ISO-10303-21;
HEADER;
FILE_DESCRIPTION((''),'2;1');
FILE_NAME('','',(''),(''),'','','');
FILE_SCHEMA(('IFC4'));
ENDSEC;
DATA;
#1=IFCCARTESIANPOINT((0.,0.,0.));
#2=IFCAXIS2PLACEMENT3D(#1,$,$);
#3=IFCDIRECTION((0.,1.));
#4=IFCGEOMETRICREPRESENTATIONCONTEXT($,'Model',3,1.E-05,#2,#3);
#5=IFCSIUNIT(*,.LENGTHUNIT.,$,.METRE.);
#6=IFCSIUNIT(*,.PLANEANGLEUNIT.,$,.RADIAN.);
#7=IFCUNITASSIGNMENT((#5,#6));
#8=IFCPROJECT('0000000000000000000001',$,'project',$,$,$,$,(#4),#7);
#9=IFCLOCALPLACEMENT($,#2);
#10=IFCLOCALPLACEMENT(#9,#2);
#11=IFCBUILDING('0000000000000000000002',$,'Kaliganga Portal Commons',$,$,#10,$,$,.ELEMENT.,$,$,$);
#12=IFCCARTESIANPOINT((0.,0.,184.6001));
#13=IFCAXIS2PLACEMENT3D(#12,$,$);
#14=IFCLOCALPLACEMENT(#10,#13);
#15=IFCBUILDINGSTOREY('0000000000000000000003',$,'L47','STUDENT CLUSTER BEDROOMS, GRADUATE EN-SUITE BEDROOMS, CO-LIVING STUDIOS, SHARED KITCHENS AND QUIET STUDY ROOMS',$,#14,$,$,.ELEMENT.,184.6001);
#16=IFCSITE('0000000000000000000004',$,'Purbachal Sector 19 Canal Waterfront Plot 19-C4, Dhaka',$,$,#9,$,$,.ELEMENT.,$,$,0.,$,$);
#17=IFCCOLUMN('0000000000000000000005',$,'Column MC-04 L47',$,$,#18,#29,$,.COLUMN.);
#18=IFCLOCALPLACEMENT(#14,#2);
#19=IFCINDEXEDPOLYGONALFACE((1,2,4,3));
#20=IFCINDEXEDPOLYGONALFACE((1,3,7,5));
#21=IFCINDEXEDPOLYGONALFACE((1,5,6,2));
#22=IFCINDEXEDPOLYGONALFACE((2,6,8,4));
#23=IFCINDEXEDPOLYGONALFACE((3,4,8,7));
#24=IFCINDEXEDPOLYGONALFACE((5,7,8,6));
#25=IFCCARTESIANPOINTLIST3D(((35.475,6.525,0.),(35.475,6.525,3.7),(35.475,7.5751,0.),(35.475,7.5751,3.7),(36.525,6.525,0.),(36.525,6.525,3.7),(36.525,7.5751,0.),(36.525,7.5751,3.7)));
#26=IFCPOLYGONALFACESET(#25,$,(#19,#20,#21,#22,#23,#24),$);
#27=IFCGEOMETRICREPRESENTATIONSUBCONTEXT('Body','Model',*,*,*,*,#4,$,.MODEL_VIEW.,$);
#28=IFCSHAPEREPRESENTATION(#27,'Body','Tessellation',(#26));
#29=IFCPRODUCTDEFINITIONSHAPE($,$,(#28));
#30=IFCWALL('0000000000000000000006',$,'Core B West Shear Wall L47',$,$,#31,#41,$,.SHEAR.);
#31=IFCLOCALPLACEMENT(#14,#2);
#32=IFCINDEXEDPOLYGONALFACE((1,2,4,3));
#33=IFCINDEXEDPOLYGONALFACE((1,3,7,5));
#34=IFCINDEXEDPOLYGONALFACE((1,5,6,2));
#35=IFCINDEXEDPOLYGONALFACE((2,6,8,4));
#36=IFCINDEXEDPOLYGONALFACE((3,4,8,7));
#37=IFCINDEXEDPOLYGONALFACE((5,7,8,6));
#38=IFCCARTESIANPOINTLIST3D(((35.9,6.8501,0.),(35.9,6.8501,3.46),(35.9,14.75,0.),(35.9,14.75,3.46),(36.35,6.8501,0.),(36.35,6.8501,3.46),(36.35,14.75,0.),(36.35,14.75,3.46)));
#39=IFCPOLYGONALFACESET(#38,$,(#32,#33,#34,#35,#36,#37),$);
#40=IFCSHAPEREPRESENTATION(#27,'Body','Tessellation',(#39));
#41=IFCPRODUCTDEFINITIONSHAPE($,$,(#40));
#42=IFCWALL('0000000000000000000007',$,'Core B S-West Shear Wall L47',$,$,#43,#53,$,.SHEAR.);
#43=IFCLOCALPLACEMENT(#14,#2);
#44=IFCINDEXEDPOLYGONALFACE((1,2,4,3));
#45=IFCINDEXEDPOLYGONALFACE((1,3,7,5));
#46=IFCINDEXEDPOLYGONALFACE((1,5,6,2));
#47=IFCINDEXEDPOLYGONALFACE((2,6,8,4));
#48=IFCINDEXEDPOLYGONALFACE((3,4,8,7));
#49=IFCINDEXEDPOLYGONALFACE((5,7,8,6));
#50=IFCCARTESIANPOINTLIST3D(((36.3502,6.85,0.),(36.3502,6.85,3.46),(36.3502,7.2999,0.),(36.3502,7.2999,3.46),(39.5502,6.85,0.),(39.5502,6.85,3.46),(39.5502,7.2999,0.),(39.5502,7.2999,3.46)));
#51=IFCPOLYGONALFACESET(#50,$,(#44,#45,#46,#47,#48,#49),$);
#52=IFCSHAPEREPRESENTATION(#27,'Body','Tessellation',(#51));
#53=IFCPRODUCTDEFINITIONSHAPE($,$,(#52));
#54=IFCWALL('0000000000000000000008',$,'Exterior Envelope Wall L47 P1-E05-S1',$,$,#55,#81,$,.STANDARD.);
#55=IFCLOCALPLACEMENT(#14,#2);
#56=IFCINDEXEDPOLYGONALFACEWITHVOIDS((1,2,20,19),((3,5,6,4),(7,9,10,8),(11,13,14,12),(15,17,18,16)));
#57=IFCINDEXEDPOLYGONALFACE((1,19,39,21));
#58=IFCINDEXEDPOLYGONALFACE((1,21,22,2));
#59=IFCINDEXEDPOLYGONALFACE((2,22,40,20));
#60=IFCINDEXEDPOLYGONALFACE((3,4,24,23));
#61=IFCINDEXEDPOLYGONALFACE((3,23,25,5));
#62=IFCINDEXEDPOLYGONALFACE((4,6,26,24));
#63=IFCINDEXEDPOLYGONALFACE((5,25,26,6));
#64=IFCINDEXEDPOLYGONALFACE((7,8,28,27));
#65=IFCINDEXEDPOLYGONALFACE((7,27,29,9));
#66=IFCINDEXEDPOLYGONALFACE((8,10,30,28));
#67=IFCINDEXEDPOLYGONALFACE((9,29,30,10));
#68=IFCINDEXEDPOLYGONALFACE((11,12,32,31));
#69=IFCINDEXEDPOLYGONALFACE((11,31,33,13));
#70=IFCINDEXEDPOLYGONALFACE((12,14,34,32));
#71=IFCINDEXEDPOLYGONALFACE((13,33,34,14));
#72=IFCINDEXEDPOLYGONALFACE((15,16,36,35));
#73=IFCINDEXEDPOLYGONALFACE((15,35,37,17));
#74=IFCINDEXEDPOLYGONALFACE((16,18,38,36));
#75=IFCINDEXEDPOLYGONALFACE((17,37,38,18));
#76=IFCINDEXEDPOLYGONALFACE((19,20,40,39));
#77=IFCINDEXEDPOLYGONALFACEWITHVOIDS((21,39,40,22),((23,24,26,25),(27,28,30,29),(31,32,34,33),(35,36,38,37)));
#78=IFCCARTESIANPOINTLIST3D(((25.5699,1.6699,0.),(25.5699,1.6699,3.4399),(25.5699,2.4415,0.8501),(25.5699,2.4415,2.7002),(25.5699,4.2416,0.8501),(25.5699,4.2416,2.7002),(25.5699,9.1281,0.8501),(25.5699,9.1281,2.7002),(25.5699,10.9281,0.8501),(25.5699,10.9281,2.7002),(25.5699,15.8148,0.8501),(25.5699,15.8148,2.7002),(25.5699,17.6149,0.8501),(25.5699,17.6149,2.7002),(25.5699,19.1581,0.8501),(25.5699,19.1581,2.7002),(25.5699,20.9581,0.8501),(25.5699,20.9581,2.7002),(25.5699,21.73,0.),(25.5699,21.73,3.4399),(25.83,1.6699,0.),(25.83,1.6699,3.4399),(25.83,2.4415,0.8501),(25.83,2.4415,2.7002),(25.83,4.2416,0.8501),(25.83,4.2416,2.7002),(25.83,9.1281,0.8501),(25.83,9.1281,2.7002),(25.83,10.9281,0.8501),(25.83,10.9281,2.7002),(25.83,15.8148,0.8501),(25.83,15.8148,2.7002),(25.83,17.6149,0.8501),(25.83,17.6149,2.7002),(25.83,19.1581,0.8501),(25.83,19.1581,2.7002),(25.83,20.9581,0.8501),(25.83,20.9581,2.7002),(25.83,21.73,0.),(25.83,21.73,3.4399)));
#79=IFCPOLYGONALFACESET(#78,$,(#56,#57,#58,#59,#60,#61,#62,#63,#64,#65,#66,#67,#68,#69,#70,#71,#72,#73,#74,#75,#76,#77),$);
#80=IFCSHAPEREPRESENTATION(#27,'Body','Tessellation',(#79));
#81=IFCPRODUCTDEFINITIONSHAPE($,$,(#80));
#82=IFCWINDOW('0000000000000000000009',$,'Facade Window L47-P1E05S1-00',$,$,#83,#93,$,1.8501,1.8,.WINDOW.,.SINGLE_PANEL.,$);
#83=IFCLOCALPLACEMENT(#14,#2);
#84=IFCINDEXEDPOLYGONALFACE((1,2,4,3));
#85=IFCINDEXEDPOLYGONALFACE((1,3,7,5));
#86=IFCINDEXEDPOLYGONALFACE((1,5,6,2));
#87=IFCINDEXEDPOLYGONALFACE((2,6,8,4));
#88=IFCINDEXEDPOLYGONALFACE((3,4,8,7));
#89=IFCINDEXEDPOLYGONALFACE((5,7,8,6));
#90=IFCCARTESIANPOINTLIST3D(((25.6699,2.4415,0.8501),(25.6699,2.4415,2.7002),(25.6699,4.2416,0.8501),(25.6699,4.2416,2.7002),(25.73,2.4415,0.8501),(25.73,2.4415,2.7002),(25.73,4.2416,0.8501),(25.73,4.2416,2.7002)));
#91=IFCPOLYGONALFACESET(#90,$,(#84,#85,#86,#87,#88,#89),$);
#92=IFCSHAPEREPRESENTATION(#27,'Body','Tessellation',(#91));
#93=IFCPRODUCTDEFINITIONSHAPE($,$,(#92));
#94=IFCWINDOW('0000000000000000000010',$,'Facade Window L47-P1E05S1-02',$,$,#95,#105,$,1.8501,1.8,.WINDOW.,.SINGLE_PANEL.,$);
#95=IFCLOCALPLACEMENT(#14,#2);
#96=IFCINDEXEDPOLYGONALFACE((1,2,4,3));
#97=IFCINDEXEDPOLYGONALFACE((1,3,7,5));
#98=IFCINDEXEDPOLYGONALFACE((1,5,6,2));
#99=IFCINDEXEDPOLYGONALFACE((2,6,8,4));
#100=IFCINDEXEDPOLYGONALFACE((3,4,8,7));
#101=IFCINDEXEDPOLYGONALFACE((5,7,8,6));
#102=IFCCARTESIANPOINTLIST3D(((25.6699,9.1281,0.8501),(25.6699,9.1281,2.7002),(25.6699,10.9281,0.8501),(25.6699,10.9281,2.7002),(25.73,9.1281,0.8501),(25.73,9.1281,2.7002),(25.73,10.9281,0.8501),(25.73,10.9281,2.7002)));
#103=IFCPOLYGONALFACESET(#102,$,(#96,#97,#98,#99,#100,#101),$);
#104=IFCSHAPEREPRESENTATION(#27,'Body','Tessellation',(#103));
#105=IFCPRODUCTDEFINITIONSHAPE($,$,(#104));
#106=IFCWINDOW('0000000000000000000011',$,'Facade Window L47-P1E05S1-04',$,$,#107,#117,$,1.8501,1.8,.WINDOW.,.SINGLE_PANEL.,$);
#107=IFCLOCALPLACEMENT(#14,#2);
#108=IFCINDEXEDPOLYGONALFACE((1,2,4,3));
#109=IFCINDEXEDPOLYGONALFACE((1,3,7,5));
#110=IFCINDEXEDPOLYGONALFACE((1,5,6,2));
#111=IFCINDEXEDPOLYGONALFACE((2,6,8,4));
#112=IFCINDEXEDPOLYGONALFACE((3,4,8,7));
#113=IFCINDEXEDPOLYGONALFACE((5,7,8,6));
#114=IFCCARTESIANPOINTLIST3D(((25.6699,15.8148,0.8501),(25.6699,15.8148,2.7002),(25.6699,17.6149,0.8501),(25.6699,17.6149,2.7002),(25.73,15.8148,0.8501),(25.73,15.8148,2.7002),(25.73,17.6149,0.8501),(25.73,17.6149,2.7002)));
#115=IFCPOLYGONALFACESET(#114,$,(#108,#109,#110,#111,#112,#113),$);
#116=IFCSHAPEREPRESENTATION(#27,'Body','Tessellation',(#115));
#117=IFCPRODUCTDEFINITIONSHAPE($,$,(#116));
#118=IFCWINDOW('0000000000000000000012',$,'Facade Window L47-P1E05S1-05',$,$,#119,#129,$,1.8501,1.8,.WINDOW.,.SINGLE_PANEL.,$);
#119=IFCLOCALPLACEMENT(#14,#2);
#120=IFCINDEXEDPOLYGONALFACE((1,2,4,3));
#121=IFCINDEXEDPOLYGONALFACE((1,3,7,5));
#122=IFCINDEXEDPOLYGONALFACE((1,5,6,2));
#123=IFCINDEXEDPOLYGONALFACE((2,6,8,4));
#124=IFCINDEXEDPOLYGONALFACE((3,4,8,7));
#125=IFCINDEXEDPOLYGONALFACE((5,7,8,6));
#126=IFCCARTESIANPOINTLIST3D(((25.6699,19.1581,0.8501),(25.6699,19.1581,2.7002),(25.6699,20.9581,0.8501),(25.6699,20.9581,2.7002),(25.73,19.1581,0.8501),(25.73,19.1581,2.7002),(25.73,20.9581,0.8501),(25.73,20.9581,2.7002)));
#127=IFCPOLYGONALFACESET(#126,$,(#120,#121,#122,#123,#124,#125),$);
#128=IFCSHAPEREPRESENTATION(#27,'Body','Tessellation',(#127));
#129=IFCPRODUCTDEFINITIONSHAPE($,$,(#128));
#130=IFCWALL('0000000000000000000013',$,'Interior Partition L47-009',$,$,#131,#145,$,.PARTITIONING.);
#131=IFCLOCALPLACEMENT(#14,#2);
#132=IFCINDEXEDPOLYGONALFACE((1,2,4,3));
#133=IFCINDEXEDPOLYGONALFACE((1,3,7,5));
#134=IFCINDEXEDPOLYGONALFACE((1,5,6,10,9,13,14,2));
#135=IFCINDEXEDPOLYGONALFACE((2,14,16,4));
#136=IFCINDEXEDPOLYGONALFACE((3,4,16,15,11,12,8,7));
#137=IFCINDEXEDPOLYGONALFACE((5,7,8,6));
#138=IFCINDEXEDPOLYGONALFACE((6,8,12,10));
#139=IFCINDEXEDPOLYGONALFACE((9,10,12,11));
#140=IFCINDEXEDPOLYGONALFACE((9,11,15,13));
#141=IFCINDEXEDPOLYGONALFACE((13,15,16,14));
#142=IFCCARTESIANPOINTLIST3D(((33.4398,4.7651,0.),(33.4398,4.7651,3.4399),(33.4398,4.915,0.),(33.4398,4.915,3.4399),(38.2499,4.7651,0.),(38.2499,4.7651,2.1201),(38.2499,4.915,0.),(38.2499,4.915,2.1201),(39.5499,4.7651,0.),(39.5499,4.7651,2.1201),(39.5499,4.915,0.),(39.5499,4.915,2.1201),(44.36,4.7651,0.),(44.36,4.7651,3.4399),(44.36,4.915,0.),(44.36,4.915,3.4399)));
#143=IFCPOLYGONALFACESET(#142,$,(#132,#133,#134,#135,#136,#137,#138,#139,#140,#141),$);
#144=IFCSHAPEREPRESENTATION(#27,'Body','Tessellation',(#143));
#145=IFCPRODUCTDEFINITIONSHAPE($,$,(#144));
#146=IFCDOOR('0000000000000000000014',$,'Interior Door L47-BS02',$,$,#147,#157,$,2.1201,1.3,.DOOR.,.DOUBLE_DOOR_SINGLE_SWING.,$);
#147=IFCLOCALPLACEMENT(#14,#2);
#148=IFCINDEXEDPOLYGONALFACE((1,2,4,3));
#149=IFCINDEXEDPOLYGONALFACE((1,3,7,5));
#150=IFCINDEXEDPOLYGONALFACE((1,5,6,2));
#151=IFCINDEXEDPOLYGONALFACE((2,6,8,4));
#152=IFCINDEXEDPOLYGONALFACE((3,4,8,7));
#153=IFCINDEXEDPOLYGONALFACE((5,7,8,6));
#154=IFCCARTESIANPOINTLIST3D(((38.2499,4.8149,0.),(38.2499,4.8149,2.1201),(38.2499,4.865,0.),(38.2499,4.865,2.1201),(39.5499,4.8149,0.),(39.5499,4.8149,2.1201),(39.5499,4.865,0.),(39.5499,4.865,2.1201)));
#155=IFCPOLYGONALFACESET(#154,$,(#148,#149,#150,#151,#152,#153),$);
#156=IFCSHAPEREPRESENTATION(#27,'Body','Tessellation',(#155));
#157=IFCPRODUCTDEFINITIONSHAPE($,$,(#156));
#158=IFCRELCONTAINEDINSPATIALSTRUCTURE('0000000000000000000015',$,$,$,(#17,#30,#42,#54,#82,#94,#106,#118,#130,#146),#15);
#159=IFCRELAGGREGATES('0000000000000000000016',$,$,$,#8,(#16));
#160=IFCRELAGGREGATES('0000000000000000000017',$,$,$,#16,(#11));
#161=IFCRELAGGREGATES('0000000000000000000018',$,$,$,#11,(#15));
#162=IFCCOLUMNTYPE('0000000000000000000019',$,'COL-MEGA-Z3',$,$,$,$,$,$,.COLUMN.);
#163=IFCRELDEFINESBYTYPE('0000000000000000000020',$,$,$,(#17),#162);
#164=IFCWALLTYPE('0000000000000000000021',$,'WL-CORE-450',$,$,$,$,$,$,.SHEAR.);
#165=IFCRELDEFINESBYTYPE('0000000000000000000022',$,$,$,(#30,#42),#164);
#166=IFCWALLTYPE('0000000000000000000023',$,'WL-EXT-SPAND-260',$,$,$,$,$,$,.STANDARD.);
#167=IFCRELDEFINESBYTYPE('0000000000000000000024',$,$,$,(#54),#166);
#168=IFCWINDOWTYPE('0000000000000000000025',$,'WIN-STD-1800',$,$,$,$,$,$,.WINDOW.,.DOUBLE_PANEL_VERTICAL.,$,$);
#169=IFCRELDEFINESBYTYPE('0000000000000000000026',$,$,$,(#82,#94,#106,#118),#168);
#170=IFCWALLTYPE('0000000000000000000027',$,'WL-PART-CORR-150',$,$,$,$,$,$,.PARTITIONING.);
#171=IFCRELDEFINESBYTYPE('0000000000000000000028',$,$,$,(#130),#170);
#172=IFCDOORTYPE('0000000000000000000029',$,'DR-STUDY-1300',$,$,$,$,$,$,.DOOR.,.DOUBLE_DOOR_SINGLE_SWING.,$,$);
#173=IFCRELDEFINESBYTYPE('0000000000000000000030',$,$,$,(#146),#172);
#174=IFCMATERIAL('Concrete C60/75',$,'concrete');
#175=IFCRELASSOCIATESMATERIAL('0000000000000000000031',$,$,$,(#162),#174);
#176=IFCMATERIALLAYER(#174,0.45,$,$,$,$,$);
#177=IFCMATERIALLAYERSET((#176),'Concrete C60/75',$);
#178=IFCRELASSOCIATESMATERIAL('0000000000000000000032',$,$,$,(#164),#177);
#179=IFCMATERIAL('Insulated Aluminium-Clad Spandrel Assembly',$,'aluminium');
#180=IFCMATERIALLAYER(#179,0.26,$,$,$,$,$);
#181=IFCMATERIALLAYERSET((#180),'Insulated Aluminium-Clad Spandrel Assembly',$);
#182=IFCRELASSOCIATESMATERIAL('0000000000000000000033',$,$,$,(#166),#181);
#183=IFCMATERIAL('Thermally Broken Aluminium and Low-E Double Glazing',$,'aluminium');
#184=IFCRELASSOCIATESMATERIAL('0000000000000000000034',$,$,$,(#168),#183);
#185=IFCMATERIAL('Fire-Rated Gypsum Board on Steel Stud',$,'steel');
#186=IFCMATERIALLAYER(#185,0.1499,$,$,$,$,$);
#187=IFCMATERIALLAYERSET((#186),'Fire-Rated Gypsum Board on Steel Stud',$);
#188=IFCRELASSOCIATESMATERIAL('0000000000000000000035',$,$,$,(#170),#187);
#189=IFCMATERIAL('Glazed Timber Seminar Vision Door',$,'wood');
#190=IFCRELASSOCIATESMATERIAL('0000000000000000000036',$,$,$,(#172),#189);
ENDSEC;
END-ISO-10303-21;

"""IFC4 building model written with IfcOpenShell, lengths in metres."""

from ifc_helpers import new_model, si_unit, direction, frame, frame_2d, origin, origin_2d, place, context, subcontext, project, spatial, rectangle, extrude, source, transform, mapped, material, layer, layer_set, material_profile, profile_set, type_object, element, fill, save


model = new_model("IFC4")

# Units and contexts
model_context = context("Model", 3, precision=1e-05, world=origin(), true_north=direction((0.0, 1.0)))
body_context = subcontext(model_context, "Body", "Model", "MODEL_VIEW")
ifc_project = project(units=[si_unit("LENGTHUNIT", "METRE"), si_unit("PLANEANGLEUNIT", "RADIAN")], contexts=[model_context])

# Site, building, storey
site_placement = place(None, origin())
site = spatial("IfcSite", under=ifc_project, at=site_placement, Name="Purbachal Sector 19 Canal Waterfront Plot 19-C4, Dhaka", CompositionType="ELEMENT", RefElevation=0.0)
building_placement = place(site_placement, origin())
building = spatial("IfcBuilding", under=site, at=building_placement, Name="Kaliganga Portal Commons", CompositionType="ELEMENT")
storey_placement = place(building_placement, frame((0.0, 0.0, 184.6001)))
storey = spatial("IfcBuildingStorey", under=building, at=storey_placement, Name="L47", Description="STUDENT CLUSTER BEDROOMS, GRADUATE EN-SUITE BEDROOMS, CO-LIVING STUDIOS, SHARED KITCHENS AND QUIET STUDY ROOMS", CompositionType="ELEMENT", Elevation=184.6001)

# Column
ifc_material_1 = material(Name="Concrete C60/75", Category="concrete")
ifc_material_profile = material_profile(ifc_material_1, rectangle(XDim=1.05, YDim=1.05, at=origin_2d()), Name="RC 1050x1050")
ifc_profile_set = profile_set([ifc_material_profile], Name="Concrete C60/75")
column_type = type_object("IfcColumnType", Name="COL-MEGA-Z3", PredefinedType="COLUMN", material=ifc_profile_set)
shared_shape = source(origin(), body_context, "Body", "SweptSolid", [
    extrude(rectangle(XDim=1.05, YDim=1.05, at=origin_2d()), origin(), (0.0, 0.0, 1.0), 3.7),
])
column_placement = place(storey_placement, frame((36.0, 7.05, 0.0), z_axis=(0.0, 0.0, 1.0), x_axis=(1.0, 0.0, 0.0)))
element("IfcColumn", 1, at=column_placement, inside=storey, type_object=column_type, Name="Column MC-04 L47", PredefinedType="COLUMN", context=body_context, shape_type="MappedRepresentation", body=[
    mapped(shared_shape, transform((0.0, 0.0, 0.0), x_axis=(1.0, 0.0, 0.0), y_axis=(0.0, 1.0, 0.0), z_axis=(0.0, 0.0, 1.0), scale=1.0)),
])

# Walls
ifc_layer_1 = layer(ifc_material_1, 0.45)
ifc_layer_set_1 = layer_set([ifc_layer_1], Name="Concrete C60/75")
wall_type_1 = type_object("IfcWallType", Name="WL-CORE-450", PredefinedType="SHEAR", material=ifc_layer_set_1)
wall_1_placement = place(storey_placement, frame((36.125, 6.8501, 0.0), z_axis=(0.0, 0.0, 1.0), x_axis=(0.0, 1.0, 0.0)))
element("IfcWall", 2, at=wall_1_placement, inside=storey, type_object=wall_type_1, Name="Core B West Shear Wall L47", PredefinedType="SHEAR", context=body_context, shape_type="SweptSolid", body=[
    extrude(rectangle(XDim=7.8999, YDim=0.45, at=frame_2d((3.95, 0.0))), origin(), (0.0, 0.0, 1.0), 3.46),
])
wall_2_placement = place(storey_placement, frame((36.3501, 7.075, 0.0), z_axis=(0.0, 0.0, 1.0), x_axis=(1.0, 0.0, 0.0)))
element("IfcWall", 3, at=wall_2_placement, inside=storey, type_object=wall_type_1, Name="Core B S-West Shear Wall L47", PredefinedType="SHEAR", context=body_context, shape_type="SweptSolid", body=[
    extrude(rectangle(XDim=3.2, YDim=0.45, at=frame_2d((1.6001, 0.0))), origin(), (0.0, 0.0, 1.0), 3.46),
])

# Wall, openings, windows
ifc_material_2 = material(Name="Insulated Aluminium-Clad Spandrel Assembly", Category="aluminium")
ifc_layer_2 = layer(ifc_material_2, 0.26)
ifc_layer_set_2 = layer_set([ifc_layer_2], Name="Insulated Aluminium-Clad Spandrel Assembly")
wall_type_2 = type_object("IfcWallType", Name="WL-EXT-SPAND-260", PredefinedType="STANDARD", material=ifc_layer_set_2)
wall_3_placement = place(storey_placement, frame((25.7, 1.6699, 0.0), z_axis=(0.0, 0.0, 1.0), x_axis=(0.0, 1.0, 0.0)))
wall_3 = element("IfcWall", 4, at=wall_3_placement, inside=storey, type_object=wall_type_2, Name="Exterior Envelope Wall L47 P1-E05-S1", PredefinedType="STANDARD", context=body_context, shape_type="SweptSolid", body=[
    extrude(rectangle(XDim=20.0601, YDim=0.26, at=frame_2d((10.03, 0.0))), origin(), (0.0, 0.0, 1.0), 3.4399),
])
opening_1_placement = place(wall_3_placement, frame((0.7717, 0.0, 0.8501)))
opening_1 = element("IfcOpeningElement", 5, at=opening_1_placement, cuts=wall_3, PredefinedType="OPENING", context=body_context, shape_type="SweptSolid", body=[
    extrude(rectangle(XDim=1.8, YDim=1.8501, at=frame_2d((0.8999, 0.925))), frame((0.0, 0.1401, 0.0), z_axis=(0.0, -1.0, 0.0), x_axis=(1.0, 0.0, 0.0)), (0.0, 0.0, 1.0), 0.28),
])
opening_2_placement = place(wall_3_placement, frame((7.4583, 0.0, 0.8501)))
opening_2 = element("IfcOpeningElement", 6, at=opening_2_placement, cuts=wall_3, PredefinedType="OPENING", context=body_context, shape_type="SweptSolid", body=[
    extrude(rectangle(XDim=1.8, YDim=1.8501, at=frame_2d((0.8999, 0.925))), frame((0.0, 0.1401, 0.0), z_axis=(0.0, -1.0, 0.0), x_axis=(1.0, 0.0, 0.0)), (0.0, 0.0, 1.0), 0.28),
])
opening_3_placement = place(wall_3_placement, frame((14.145, 0.0, 0.8501)))
opening_3 = element("IfcOpeningElement", 7, at=opening_3_placement, cuts=wall_3, PredefinedType="OPENING", context=body_context, shape_type="SweptSolid", body=[
    extrude(rectangle(XDim=1.8, YDim=1.8501, at=frame_2d((0.8999, 0.925))), frame((0.0, 0.1401, 0.0), z_axis=(0.0, -1.0, 0.0), x_axis=(1.0, 0.0, 0.0)), (0.0, 0.0, 1.0), 0.28),
])
opening_4_placement = place(wall_3_placement, frame((17.4883, 0.0, 0.8501)))
opening_4 = element("IfcOpeningElement", 8, at=opening_4_placement, cuts=wall_3, PredefinedType="OPENING", context=body_context, shape_type="SweptSolid", body=[
    extrude(rectangle(XDim=1.8, YDim=1.8501, at=frame_2d((0.8999, 0.925))), frame((0.0, 0.1401, 0.0), z_axis=(0.0, -1.0, 0.0), x_axis=(1.0, 0.0, 0.0)), (0.0, 0.0, 1.0), 0.28),
])
ifc_material_3 = material(Name="Thermally Broken Aluminium and Low-E Double Glazing", Category="aluminium")
window_type = type_object("IfcWindowType", Name="WIN-STD-1800", PartitioningType="DOUBLE_PANEL_VERTICAL", PredefinedType="WINDOW", material=ifc_material_3)
window_1_placement = place(opening_1_placement, origin())
window_1 = element("IfcWindow", 9, at=window_1_placement, inside=storey, type_object=window_type, Name="Facade Window L47-P1E05S1-00", OverallHeight=1.8501, OverallWidth=1.8, PartitioningType="SINGLE_PANEL", PredefinedType="WINDOW", context=body_context, shape_type="SweptSolid", body=[
    extrude(rectangle(XDim=1.8, YDim=1.8501, at=frame_2d((0.8999, 0.925))), frame((0.0, 0.03, 0.0), z_axis=(0.0, -1.0, 0.0), x_axis=(1.0, 0.0, 0.0)), (0.0, 0.0, 1.0), 0.0601),
])
fill(opening_1, window_1)
window_2_placement = place(opening_2_placement, origin())
window_2 = element("IfcWindow", 10, at=window_2_placement, inside=storey, type_object=window_type, Name="Facade Window L47-P1E05S1-02", OverallHeight=1.8501, OverallWidth=1.8, PartitioningType="SINGLE_PANEL", PredefinedType="WINDOW", context=body_context, shape_type="SweptSolid", body=[
    extrude(rectangle(XDim=1.8, YDim=1.8501, at=frame_2d((0.8999, 0.925))), frame((0.0, 0.03, 0.0), z_axis=(0.0, -1.0, 0.0), x_axis=(1.0, 0.0, 0.0)), (0.0, 0.0, 1.0), 0.0601),
])
fill(opening_2, window_2)
window_3_placement = place(opening_3_placement, origin())
window_3 = element("IfcWindow", 11, at=window_3_placement, inside=storey, type_object=window_type, Name="Facade Window L47-P1E05S1-04", OverallHeight=1.8501, OverallWidth=1.8, PartitioningType="SINGLE_PANEL", PredefinedType="WINDOW", context=body_context, shape_type="SweptSolid", body=[
    extrude(rectangle(XDim=1.8, YDim=1.8501, at=frame_2d((0.8999, 0.925))), frame((0.0, 0.03, 0.0), z_axis=(0.0, -1.0, 0.0), x_axis=(1.0, 0.0, 0.0)), (0.0, 0.0, 1.0), 0.0601),
])
fill(opening_3, window_3)
window_4_placement = place(opening_4_placement, origin())
window_4 = element("IfcWindow", 12, at=window_4_placement, inside=storey, type_object=window_type, Name="Facade Window L47-P1E05S1-05", OverallHeight=1.8501, OverallWidth=1.8, PartitioningType="SINGLE_PANEL", PredefinedType="WINDOW", context=body_context, shape_type="SweptSolid", body=[
    extrude(rectangle(XDim=1.8, YDim=1.8501, at=frame_2d((0.8999, 0.925))), frame((0.0, 0.03, 0.0), z_axis=(0.0, -1.0, 0.0), x_axis=(1.0, 0.0, 0.0)), (0.0, 0.0, 1.0), 0.0601),
])
fill(opening_4, window_4)

# Wall, opening, door
ifc_material_4 = material(Name="Fire-Rated Gypsum Board on Steel Stud", Category="steel")
ifc_layer_3 = layer(ifc_material_4, 0.1499)
ifc_layer_set_3 = layer_set([ifc_layer_3], Name="Fire-Rated Gypsum Board on Steel Stud")
wall_type_3 = type_object("IfcWallType", Name="WL-PART-CORR-150", PredefinedType="PARTITIONING", material=ifc_layer_set_3)
wall_4_placement = place(storey_placement, frame((33.4399, 4.8401, 0.0), z_axis=(0.0, 0.0, 1.0), x_axis=(1.0, 0.0, 0.0)))
wall_4 = element("IfcWall", 13, at=wall_4_placement, inside=storey, type_object=wall_type_3, Name="Interior Partition L47-009", PredefinedType="PARTITIONING", context=body_context, shape_type="SweptSolid", body=[
    extrude(rectangle(XDim=10.9202, YDim=0.1499, at=frame_2d((5.46, 0.0))), origin(), (0.0, 0.0, 1.0), 3.4399),
])
opening_5_placement = place(wall_4_placement, frame((4.8101, 0.0, 0.0)))
opening_5 = element("IfcOpeningElement", 14, at=opening_5_placement, cuts=wall_4, PredefinedType="OPENING", context=body_context, shape_type="SweptSolid", body=[
    extrude(rectangle(XDim=1.3, YDim=2.1201, at=frame_2d((0.6499, 1.0601))), frame((0.0, 0.085, 0.0), z_axis=(0.0, -1.0, 0.0), x_axis=(1.0, 0.0, 0.0)), (0.0, 0.0, 1.0), 0.1699),
])
ifc_material_5 = material(Name="Glazed Timber Seminar Vision Door", Category="wood")
door_type = type_object("IfcDoorType", Name="DR-STUDY-1300", OperationType="DOUBLE_DOOR_SINGLE_SWING", PredefinedType="DOOR", material=ifc_material_5)
door_1_placement = place(opening_5_placement, origin())
door_1 = element("IfcDoor", 15, at=door_1_placement, inside=storey, type_object=door_type, Name="Interior Door L47-BS02", OperationType="DOUBLE_DOOR_SINGLE_SWING", OverallHeight=2.1201, OverallWidth=1.3, PredefinedType="DOOR", context=body_context, shape_type="SweptSolid", body=[
    extrude(rectangle(XDim=1.3, YDim=2.1201, at=frame_2d((0.6499, 1.0601))), frame((0.0, 0.0249, 0.0), z_axis=(0.0, -1.0, 0.0), x_axis=(1.0, 0.0, 0.0)), (0.0, 0.0, 1.0), 0.05),
])
fill(opening_5, door_1)

save(model, "model.ifc")
